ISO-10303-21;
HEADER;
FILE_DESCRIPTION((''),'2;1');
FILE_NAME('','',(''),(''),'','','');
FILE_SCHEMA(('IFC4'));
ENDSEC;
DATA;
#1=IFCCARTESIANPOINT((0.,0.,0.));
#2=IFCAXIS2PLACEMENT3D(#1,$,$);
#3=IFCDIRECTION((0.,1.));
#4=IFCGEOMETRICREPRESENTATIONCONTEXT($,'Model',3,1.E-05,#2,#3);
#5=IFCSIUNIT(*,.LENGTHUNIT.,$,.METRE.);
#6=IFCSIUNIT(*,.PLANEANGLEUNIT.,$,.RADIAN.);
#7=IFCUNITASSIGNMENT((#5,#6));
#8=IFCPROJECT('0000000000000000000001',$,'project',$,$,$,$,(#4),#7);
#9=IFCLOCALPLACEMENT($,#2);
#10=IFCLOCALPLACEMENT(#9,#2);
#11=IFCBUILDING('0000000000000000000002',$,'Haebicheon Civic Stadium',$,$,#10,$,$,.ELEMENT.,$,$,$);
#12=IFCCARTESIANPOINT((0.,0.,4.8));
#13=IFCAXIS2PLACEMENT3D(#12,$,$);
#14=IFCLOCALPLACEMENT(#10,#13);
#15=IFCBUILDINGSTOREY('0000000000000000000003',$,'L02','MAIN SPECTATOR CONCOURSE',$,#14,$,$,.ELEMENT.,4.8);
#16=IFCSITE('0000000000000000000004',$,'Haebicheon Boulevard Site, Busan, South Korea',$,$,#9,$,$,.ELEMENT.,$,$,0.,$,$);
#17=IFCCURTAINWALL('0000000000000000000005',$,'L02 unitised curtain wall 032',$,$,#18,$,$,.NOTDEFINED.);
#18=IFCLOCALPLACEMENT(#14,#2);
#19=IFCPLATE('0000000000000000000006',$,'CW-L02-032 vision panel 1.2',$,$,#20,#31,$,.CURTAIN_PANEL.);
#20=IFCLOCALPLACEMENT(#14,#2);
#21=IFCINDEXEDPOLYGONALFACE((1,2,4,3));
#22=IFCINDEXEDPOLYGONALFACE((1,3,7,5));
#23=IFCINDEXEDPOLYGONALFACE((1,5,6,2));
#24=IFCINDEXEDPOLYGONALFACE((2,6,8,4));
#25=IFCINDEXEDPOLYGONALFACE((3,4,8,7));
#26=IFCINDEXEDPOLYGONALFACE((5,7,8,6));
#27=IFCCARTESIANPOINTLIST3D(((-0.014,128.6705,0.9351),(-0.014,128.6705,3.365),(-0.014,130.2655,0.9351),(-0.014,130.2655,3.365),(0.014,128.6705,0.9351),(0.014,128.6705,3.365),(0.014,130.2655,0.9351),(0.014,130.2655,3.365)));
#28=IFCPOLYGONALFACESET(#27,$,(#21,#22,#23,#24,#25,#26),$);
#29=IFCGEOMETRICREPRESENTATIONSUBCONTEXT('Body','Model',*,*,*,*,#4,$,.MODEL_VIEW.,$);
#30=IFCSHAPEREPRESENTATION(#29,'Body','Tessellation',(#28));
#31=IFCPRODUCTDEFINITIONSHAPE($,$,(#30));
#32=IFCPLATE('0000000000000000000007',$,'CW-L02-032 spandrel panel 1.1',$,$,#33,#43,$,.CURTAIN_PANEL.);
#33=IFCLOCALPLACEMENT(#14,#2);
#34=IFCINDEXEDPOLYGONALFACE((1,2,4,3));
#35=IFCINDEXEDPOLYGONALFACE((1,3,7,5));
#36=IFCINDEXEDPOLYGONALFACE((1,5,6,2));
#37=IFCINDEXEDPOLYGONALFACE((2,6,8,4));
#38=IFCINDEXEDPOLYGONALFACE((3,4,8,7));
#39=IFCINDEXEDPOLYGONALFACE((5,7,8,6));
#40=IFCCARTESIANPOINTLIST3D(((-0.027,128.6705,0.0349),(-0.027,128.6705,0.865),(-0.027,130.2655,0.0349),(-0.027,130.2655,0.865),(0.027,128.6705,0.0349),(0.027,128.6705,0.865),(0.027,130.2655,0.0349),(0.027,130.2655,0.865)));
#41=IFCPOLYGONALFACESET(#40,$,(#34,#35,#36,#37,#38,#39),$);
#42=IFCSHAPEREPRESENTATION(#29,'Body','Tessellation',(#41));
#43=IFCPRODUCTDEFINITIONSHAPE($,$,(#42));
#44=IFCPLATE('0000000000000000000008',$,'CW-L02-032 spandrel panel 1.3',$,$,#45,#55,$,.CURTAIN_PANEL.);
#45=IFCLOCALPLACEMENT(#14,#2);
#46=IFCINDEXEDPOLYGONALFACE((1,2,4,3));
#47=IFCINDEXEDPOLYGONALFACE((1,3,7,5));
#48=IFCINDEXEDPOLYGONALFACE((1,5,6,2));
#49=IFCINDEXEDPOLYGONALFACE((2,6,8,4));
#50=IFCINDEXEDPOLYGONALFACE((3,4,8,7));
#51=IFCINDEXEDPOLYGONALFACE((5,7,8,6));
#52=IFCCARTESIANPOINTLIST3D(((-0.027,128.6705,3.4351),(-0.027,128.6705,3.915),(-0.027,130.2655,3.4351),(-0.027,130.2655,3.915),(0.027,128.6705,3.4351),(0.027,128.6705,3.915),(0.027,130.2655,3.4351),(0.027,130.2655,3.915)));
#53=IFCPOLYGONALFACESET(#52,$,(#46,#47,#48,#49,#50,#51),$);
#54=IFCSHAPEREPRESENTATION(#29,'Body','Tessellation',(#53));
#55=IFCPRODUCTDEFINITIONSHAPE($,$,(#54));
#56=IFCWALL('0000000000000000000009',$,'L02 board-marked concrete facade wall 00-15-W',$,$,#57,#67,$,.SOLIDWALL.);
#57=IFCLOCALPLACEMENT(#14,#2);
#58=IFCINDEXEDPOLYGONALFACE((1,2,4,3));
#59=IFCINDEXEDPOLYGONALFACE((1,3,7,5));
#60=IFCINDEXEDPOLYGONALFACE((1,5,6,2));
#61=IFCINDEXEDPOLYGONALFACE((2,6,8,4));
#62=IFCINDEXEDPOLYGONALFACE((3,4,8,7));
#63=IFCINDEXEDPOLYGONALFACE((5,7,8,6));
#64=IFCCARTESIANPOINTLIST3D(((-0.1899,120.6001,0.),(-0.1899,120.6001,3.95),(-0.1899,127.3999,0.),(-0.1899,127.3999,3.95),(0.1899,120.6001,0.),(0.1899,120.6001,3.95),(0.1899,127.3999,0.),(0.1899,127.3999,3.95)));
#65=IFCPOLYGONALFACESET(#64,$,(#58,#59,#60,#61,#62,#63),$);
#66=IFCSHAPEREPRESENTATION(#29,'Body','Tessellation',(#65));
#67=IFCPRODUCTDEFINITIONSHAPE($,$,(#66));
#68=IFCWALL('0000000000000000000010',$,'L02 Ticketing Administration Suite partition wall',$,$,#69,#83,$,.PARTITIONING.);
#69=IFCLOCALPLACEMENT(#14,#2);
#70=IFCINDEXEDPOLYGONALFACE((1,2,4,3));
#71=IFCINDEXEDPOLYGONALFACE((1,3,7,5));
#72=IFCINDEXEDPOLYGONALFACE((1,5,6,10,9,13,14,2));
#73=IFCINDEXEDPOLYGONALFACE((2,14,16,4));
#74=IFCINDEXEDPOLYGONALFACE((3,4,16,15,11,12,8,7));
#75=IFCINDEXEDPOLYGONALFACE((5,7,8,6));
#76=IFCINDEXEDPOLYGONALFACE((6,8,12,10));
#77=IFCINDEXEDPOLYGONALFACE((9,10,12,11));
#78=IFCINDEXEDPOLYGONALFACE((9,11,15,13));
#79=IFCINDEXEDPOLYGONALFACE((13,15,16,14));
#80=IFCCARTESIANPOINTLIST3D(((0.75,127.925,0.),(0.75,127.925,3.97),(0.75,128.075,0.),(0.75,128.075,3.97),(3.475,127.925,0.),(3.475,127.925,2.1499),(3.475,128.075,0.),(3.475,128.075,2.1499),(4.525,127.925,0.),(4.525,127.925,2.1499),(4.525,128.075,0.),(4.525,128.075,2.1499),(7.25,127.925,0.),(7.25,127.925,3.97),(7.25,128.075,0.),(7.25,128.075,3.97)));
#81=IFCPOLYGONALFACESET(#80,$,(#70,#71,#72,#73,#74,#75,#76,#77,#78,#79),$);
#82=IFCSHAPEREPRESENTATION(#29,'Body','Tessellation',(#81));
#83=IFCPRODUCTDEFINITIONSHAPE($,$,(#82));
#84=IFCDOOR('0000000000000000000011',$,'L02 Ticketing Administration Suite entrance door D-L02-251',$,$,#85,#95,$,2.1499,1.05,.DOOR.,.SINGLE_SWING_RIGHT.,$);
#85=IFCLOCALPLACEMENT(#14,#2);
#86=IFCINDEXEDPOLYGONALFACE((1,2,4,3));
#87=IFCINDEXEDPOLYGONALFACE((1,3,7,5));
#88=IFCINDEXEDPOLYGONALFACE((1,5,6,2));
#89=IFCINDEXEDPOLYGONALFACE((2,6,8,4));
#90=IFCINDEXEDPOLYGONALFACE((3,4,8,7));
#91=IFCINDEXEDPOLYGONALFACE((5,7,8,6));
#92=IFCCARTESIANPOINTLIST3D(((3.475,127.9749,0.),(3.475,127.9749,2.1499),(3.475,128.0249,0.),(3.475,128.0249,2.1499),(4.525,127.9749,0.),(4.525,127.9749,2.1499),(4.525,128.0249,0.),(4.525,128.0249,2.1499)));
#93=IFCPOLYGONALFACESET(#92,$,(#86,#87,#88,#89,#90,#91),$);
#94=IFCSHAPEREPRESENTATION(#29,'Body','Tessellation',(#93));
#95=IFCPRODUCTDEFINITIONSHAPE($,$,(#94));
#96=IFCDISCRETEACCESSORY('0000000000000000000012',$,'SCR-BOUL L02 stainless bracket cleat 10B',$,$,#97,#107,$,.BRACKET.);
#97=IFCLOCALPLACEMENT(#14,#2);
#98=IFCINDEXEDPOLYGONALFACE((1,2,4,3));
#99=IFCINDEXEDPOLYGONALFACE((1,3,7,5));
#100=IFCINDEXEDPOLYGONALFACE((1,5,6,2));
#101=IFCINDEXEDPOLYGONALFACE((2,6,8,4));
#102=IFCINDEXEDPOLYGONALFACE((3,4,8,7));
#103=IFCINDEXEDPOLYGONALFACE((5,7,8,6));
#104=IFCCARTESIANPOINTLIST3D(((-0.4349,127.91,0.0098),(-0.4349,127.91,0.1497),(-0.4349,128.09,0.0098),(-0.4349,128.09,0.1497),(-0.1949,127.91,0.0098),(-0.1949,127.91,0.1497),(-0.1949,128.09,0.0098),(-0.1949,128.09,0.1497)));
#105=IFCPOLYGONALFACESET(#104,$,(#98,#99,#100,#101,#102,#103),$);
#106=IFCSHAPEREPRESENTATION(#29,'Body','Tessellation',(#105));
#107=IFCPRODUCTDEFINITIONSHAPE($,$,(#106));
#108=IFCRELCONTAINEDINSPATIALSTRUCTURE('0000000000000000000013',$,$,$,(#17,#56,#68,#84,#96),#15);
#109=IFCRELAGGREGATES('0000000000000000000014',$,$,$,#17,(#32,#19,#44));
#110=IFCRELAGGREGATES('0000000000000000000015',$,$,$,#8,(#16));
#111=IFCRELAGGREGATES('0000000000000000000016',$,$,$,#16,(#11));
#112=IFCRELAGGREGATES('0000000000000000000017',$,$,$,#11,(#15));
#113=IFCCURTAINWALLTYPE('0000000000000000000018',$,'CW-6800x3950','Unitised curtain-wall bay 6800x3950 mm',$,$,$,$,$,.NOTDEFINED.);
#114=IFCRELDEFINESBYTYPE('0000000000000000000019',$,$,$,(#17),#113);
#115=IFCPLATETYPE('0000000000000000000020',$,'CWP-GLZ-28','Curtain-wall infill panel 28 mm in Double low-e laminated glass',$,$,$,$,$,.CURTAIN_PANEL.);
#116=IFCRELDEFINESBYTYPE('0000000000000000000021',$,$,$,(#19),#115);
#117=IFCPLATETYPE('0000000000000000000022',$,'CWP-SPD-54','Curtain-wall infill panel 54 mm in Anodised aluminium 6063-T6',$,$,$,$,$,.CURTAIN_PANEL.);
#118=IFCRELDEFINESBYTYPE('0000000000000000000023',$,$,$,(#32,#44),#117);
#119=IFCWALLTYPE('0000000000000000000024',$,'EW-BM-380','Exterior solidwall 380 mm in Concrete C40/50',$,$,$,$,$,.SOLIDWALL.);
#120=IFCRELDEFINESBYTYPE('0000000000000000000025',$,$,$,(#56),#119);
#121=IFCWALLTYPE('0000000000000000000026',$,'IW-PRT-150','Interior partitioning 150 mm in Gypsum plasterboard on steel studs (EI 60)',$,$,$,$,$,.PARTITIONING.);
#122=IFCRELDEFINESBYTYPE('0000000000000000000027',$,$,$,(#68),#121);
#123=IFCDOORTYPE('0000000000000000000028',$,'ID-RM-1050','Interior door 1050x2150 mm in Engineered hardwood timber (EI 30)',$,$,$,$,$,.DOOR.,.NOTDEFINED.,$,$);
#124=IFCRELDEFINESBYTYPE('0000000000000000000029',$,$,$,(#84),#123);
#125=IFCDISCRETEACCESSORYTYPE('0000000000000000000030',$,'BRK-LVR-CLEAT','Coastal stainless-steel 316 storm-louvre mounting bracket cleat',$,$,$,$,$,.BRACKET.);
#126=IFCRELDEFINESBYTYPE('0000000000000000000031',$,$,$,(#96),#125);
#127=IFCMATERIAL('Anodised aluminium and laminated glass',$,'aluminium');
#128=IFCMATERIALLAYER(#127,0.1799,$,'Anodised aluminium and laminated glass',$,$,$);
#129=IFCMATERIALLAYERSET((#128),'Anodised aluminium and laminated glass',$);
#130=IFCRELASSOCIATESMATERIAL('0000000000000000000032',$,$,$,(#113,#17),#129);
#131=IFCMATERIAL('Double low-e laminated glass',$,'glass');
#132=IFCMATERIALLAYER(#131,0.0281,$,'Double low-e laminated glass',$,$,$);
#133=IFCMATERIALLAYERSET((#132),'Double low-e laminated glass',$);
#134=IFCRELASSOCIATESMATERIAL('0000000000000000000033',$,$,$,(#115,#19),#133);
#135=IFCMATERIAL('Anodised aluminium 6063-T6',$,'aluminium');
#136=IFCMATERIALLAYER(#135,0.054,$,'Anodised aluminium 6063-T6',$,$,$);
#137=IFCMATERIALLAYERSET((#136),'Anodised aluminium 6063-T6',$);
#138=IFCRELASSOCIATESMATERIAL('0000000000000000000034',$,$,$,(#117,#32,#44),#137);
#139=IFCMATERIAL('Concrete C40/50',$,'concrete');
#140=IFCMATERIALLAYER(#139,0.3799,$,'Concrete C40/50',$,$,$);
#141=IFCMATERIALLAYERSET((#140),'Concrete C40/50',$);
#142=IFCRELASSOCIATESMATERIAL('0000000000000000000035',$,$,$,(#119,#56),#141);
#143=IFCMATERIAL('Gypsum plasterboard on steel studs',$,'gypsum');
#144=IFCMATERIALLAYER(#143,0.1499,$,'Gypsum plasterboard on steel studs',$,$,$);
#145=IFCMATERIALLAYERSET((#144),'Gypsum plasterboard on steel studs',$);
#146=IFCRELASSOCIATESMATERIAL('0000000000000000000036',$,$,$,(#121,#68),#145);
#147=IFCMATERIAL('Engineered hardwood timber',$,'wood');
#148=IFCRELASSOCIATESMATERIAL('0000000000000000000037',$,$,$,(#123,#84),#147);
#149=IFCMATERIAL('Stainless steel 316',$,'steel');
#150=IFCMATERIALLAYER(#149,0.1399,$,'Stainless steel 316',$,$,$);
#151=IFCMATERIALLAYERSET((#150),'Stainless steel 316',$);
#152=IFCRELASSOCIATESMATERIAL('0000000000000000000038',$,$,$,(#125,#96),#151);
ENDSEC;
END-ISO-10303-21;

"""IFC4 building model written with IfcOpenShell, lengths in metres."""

from ifc_helpers import new_model, si_unit, direction, frame, frame_2d, origin, origin_2d, place, context, subcontext, project, spatial, rectangle, extrude, material, layer, layer_set, type_object, element, fill, aggregate, save


model = new_model("IFC4")

# Units and contexts
model_context = context("Model", 3, precision=1e-05, world=origin(), true_north=direction((0.0, 1.0)))
body_context = subcontext(model_context, "Body", "Model", "MODEL_VIEW")
ifc_project = project(units=[si_unit("LENGTHUNIT", "METRE"), si_unit("PLANEANGLEUNIT", "RADIAN")], contexts=[model_context])

# Site, building, storey
site_placement = place(None, origin())
site = spatial("IfcSite", under=ifc_project, at=site_placement, Name="Haebicheon Boulevard Site, Busan, South Korea", CompositionType="ELEMENT", RefElevation=0.0)
building_placement = place(site_placement, origin())
building = spatial("IfcBuilding", under=site, at=building_placement, Name="Haebicheon Civic Stadium", CompositionType="ELEMENT")
storey_placement = place(building_placement, frame((0.0, 0.0, 4.8)))
storey = spatial("IfcBuildingStorey", under=building, at=storey_placement, Name="L02", Description="MAIN SPECTATOR CONCOURSE", CompositionType="ELEMENT", Elevation=4.8)

# Curtain wall
ifc_material_1 = material(Name="Anodised aluminium and laminated glass", Category="aluminium")
ifc_layer_1 = layer(ifc_material_1, 0.1799, Name="Anodised aluminium and laminated glass")
ifc_layer_set_1 = layer_set([ifc_layer_1], Name="Anodised aluminium and laminated glass")
curtain_wall_type = type_object("IfcCurtainWallType", Name="CW-6800x3950", Description="Unitised curtain-wall bay 6800x3950 mm", PredefinedType="NOTDEFINED", material=ifc_layer_set_1)
curtain_wall_placement = place(storey_placement, origin())
curtain_wall = element("IfcCurtainWall", 1, at=curtain_wall_placement, inside=storey, type_object=curtain_wall_type, material=ifc_layer_set_1, Name="L02 unitised curtain wall 032", PredefinedType="NOTDEFINED")

# Plates
ifc_material_2 = material(Name="Double low-e laminated glass", Category="glass")
ifc_layer_2 = layer(ifc_material_2, 0.0281, Name="Double low-e laminated glass")
ifc_layer_set_2 = layer_set([ifc_layer_2], Name="Double low-e laminated glass")
plate_type_1 = type_object("IfcPlateType", Name="CWP-GLZ-28", Description="Curtain-wall infill panel 28 mm in Double low-e laminated glass", PredefinedType="CURTAIN_PANEL", material=ifc_layer_set_2)
plate_1_placement = place(storey_placement, frame((0.0, 129.468, 0.9351), z_axis=(0.0, 0.0, 1.0), x_axis=(0.0, 1.0, 0.0)))
plate_1 = element("IfcPlate", 2, at=plate_1_placement, type_object=plate_type_1, material=ifc_layer_set_2, Name="CW-L02-032 vision panel 1.2", PredefinedType="CURTAIN_PANEL", context=body_context, shape_type="SweptSolid", body=[
    extrude(rectangle(XDim=1.595, YDim=0.0281, at=origin_2d()), origin(), (0.0, 0.0, 1.0), 2.4299),
])
ifc_material_3 = material(Name="Anodised aluminium 6063-T6", Category="aluminium")
ifc_layer_3 = layer(ifc_material_3, 0.054, Name="Anodised aluminium 6063-T6")
ifc_layer_set_3 = layer_set([ifc_layer_3], Name="Anodised aluminium 6063-T6")
plate_type_2 = type_object("IfcPlateType", Name="CWP-SPD-54", Description="Curtain-wall infill panel 54 mm in Anodised aluminium 6063-T6", PredefinedType="CURTAIN_PANEL", material=ifc_layer_set_3)
plate_2_placement = place(storey_placement, frame((0.0, 129.468, 0.0349), z_axis=(0.0, 0.0, 1.0), x_axis=(0.0, 1.0, 0.0)))
plate_2 = element("IfcPlate", 3, at=plate_2_placement, type_object=plate_type_2, material=ifc_layer_set_3, Name="CW-L02-032 spandrel panel 1.1", PredefinedType="CURTAIN_PANEL", context=body_context, shape_type="SweptSolid", body=[
    extrude(rectangle(XDim=1.595, YDim=0.054, at=origin_2d()), origin(), (0.0, 0.0, 1.0), 0.8301),
])
plate_3_placement = place(storey_placement, frame((0.0, 129.468, 3.4351), z_axis=(0.0, 0.0, 1.0), x_axis=(0.0, 1.0, 0.0)))
plate_3 = element("IfcPlate", 4, at=plate_3_placement, type_object=plate_type_2, material=ifc_layer_set_3, Name="CW-L02-032 spandrel panel 1.3", PredefinedType="CURTAIN_PANEL", context=body_context, shape_type="SweptSolid", body=[
    extrude(rectangle(XDim=1.595, YDim=0.054, at=origin_2d()), origin(), (0.0, 0.0, 1.0), 0.48),
])
aggregate(curtain_wall, [plate_2, plate_1, plate_3])

# Wall
ifc_material_4 = material(Name="Concrete C40/50", Category="concrete")
ifc_layer_4 = layer(ifc_material_4, 0.3799, Name="Concrete C40/50")
ifc_layer_set_4 = layer_set([ifc_layer_4], Name="Concrete C40/50")
wall_type_1 = type_object("IfcWallType", Name="EW-BM-380", Description="Exterior solidwall 380 mm in Concrete C40/50", PredefinedType="SOLIDWALL", material=ifc_layer_set_4)
wall_1_placement = place(storey_placement, frame((0.0, 120.6001, 0.0), z_axis=(0.0, 0.0, 1.0), x_axis=(0.0, 1.0, 0.0)))
element("IfcWall", 5, at=wall_1_placement, inside=storey, type_object=wall_type_1, material=ifc_layer_set_4, Name="L02 board-marked concrete facade wall 00-15-W", PredefinedType="SOLIDWALL", context=body_context, shape_type="SweptSolid", body=[
    extrude(rectangle(XDim=6.7998, YDim=0.3799, at=frame_2d((3.3999, 0.0))), origin(), (0.0, 0.0, 1.0), 3.95),
])

# Wall, opening, door
ifc_material_5 = material(Name="Gypsum plasterboard on steel studs", Category="gypsum")
ifc_layer_5 = layer(ifc_material_5, 0.1499, Name="Gypsum plasterboard on steel studs")
ifc_layer_set_5 = layer_set([ifc_layer_5], Name="Gypsum plasterboard on steel studs")
wall_type_2 = type_object("IfcWallType", Name="IW-PRT-150", Description="Interior partitioning 150 mm in Gypsum plasterboard on steel studs (EI 60)", PredefinedType="PARTITIONING", material=ifc_layer_set_5)
wall_2_placement = place(storey_placement, frame((0.75, 128.0, 0.0), z_axis=(0.0, 0.0, 1.0), x_axis=(1.0, 0.0, 0.0)))
wall_2 = element("IfcWall", 6, at=wall_2_placement, inside=storey, type_object=wall_type_2, material=ifc_layer_set_5, Name="L02 Ticketing Administration Suite partition wall", PredefinedType="PARTITIONING", context=body_context, shape_type="SweptSolid", body=[
    extrude(rectangle(XDim=6.5, YDim=0.1499, at=frame_2d((3.25, 0.0))), origin(), (0.0, 0.0, 1.0), 3.97),
])
opening_placement = place(wall_2_placement, frame((2.7251, 0.0, 0.0)))
opening = element("IfcOpeningElement", 7, at=opening_placement, cuts=wall_2, PredefinedType="OPENING", context=body_context, shape_type="SweptSolid", body=[
    extrude(rectangle(XDim=1.05, YDim=2.1499, at=frame_2d((0.5249, 1.075))), frame((0.0, 0.085, 0.0), z_axis=(0.0, -1.0, 0.0), x_axis=(1.0, 0.0, 0.0)), (0.0, 0.0, 1.0), 0.1699),
])
ifc_material_6 = material(Name="Engineered hardwood timber", Category="wood")
door_type = type_object("IfcDoorType", Name="ID-RM-1050", Description="Interior door 1050x2150 mm in Engineered hardwood timber (EI 30)", OperationType="NOTDEFINED", PredefinedType="DOOR", material=ifc_material_6)
door_placement = place(opening_placement, origin())
door = element("IfcDoor", 8, at=door_placement, inside=storey, type_object=door_type, material=ifc_material_6, Name="L02 Ticketing Administration Suite entrance door D-L02-251", OperationType="SINGLE_SWING_RIGHT", OverallHeight=2.1499, OverallWidth=1.05, PredefinedType="DOOR", context=body_context, shape_type="SweptSolid", body=[
    extrude(rectangle(XDim=1.05, YDim=2.1499, at=frame_2d((0.5249, 1.075))), frame((0.0, 0.0249, 0.0), z_axis=(0.0, -1.0, 0.0), x_axis=(1.0, 0.0, 0.0)), (0.0, 0.0, 1.0), 0.05),
])
fill(opening, door)

# Discrete accessory
ifc_material_7 = material(Name="Stainless steel 316", Category="steel")
ifc_layer_6 = layer(ifc_material_7, 0.1399, Name="Stainless steel 316")
ifc_layer_set_6 = layer_set([ifc_layer_6], Name="Stainless steel 316")
discrete_accessory_type = type_object("IfcDiscreteAccessoryType", Name="BRK-LVR-CLEAT", Description="Coastal stainless-steel 316 storm-louvre mounting bracket cleat", PredefinedType="BRACKET", material=ifc_layer_set_6)
discrete_accessory_placement = place(storey_placement, frame((-0.3149, 128.0, 0.0098), z_axis=(0.0, 0.0, 1.0), x_axis=(1.0, 0.0, 0.0)))
element("IfcDiscreteAccessory", 9, at=discrete_accessory_placement, inside=storey, type_object=discrete_accessory_type, material=ifc_layer_set_6, Name="SCR-BOUL L02 stainless bracket cleat 10B", PredefinedType="BRACKET", context=body_context, shape_type="SweptSolid", body=[
    extrude(rectangle(XDim=0.24, YDim=0.1799, at=origin_2d()), origin(), (0.0, 0.0, 1.0), 0.1399),
])

save(model, "model.ifc")
